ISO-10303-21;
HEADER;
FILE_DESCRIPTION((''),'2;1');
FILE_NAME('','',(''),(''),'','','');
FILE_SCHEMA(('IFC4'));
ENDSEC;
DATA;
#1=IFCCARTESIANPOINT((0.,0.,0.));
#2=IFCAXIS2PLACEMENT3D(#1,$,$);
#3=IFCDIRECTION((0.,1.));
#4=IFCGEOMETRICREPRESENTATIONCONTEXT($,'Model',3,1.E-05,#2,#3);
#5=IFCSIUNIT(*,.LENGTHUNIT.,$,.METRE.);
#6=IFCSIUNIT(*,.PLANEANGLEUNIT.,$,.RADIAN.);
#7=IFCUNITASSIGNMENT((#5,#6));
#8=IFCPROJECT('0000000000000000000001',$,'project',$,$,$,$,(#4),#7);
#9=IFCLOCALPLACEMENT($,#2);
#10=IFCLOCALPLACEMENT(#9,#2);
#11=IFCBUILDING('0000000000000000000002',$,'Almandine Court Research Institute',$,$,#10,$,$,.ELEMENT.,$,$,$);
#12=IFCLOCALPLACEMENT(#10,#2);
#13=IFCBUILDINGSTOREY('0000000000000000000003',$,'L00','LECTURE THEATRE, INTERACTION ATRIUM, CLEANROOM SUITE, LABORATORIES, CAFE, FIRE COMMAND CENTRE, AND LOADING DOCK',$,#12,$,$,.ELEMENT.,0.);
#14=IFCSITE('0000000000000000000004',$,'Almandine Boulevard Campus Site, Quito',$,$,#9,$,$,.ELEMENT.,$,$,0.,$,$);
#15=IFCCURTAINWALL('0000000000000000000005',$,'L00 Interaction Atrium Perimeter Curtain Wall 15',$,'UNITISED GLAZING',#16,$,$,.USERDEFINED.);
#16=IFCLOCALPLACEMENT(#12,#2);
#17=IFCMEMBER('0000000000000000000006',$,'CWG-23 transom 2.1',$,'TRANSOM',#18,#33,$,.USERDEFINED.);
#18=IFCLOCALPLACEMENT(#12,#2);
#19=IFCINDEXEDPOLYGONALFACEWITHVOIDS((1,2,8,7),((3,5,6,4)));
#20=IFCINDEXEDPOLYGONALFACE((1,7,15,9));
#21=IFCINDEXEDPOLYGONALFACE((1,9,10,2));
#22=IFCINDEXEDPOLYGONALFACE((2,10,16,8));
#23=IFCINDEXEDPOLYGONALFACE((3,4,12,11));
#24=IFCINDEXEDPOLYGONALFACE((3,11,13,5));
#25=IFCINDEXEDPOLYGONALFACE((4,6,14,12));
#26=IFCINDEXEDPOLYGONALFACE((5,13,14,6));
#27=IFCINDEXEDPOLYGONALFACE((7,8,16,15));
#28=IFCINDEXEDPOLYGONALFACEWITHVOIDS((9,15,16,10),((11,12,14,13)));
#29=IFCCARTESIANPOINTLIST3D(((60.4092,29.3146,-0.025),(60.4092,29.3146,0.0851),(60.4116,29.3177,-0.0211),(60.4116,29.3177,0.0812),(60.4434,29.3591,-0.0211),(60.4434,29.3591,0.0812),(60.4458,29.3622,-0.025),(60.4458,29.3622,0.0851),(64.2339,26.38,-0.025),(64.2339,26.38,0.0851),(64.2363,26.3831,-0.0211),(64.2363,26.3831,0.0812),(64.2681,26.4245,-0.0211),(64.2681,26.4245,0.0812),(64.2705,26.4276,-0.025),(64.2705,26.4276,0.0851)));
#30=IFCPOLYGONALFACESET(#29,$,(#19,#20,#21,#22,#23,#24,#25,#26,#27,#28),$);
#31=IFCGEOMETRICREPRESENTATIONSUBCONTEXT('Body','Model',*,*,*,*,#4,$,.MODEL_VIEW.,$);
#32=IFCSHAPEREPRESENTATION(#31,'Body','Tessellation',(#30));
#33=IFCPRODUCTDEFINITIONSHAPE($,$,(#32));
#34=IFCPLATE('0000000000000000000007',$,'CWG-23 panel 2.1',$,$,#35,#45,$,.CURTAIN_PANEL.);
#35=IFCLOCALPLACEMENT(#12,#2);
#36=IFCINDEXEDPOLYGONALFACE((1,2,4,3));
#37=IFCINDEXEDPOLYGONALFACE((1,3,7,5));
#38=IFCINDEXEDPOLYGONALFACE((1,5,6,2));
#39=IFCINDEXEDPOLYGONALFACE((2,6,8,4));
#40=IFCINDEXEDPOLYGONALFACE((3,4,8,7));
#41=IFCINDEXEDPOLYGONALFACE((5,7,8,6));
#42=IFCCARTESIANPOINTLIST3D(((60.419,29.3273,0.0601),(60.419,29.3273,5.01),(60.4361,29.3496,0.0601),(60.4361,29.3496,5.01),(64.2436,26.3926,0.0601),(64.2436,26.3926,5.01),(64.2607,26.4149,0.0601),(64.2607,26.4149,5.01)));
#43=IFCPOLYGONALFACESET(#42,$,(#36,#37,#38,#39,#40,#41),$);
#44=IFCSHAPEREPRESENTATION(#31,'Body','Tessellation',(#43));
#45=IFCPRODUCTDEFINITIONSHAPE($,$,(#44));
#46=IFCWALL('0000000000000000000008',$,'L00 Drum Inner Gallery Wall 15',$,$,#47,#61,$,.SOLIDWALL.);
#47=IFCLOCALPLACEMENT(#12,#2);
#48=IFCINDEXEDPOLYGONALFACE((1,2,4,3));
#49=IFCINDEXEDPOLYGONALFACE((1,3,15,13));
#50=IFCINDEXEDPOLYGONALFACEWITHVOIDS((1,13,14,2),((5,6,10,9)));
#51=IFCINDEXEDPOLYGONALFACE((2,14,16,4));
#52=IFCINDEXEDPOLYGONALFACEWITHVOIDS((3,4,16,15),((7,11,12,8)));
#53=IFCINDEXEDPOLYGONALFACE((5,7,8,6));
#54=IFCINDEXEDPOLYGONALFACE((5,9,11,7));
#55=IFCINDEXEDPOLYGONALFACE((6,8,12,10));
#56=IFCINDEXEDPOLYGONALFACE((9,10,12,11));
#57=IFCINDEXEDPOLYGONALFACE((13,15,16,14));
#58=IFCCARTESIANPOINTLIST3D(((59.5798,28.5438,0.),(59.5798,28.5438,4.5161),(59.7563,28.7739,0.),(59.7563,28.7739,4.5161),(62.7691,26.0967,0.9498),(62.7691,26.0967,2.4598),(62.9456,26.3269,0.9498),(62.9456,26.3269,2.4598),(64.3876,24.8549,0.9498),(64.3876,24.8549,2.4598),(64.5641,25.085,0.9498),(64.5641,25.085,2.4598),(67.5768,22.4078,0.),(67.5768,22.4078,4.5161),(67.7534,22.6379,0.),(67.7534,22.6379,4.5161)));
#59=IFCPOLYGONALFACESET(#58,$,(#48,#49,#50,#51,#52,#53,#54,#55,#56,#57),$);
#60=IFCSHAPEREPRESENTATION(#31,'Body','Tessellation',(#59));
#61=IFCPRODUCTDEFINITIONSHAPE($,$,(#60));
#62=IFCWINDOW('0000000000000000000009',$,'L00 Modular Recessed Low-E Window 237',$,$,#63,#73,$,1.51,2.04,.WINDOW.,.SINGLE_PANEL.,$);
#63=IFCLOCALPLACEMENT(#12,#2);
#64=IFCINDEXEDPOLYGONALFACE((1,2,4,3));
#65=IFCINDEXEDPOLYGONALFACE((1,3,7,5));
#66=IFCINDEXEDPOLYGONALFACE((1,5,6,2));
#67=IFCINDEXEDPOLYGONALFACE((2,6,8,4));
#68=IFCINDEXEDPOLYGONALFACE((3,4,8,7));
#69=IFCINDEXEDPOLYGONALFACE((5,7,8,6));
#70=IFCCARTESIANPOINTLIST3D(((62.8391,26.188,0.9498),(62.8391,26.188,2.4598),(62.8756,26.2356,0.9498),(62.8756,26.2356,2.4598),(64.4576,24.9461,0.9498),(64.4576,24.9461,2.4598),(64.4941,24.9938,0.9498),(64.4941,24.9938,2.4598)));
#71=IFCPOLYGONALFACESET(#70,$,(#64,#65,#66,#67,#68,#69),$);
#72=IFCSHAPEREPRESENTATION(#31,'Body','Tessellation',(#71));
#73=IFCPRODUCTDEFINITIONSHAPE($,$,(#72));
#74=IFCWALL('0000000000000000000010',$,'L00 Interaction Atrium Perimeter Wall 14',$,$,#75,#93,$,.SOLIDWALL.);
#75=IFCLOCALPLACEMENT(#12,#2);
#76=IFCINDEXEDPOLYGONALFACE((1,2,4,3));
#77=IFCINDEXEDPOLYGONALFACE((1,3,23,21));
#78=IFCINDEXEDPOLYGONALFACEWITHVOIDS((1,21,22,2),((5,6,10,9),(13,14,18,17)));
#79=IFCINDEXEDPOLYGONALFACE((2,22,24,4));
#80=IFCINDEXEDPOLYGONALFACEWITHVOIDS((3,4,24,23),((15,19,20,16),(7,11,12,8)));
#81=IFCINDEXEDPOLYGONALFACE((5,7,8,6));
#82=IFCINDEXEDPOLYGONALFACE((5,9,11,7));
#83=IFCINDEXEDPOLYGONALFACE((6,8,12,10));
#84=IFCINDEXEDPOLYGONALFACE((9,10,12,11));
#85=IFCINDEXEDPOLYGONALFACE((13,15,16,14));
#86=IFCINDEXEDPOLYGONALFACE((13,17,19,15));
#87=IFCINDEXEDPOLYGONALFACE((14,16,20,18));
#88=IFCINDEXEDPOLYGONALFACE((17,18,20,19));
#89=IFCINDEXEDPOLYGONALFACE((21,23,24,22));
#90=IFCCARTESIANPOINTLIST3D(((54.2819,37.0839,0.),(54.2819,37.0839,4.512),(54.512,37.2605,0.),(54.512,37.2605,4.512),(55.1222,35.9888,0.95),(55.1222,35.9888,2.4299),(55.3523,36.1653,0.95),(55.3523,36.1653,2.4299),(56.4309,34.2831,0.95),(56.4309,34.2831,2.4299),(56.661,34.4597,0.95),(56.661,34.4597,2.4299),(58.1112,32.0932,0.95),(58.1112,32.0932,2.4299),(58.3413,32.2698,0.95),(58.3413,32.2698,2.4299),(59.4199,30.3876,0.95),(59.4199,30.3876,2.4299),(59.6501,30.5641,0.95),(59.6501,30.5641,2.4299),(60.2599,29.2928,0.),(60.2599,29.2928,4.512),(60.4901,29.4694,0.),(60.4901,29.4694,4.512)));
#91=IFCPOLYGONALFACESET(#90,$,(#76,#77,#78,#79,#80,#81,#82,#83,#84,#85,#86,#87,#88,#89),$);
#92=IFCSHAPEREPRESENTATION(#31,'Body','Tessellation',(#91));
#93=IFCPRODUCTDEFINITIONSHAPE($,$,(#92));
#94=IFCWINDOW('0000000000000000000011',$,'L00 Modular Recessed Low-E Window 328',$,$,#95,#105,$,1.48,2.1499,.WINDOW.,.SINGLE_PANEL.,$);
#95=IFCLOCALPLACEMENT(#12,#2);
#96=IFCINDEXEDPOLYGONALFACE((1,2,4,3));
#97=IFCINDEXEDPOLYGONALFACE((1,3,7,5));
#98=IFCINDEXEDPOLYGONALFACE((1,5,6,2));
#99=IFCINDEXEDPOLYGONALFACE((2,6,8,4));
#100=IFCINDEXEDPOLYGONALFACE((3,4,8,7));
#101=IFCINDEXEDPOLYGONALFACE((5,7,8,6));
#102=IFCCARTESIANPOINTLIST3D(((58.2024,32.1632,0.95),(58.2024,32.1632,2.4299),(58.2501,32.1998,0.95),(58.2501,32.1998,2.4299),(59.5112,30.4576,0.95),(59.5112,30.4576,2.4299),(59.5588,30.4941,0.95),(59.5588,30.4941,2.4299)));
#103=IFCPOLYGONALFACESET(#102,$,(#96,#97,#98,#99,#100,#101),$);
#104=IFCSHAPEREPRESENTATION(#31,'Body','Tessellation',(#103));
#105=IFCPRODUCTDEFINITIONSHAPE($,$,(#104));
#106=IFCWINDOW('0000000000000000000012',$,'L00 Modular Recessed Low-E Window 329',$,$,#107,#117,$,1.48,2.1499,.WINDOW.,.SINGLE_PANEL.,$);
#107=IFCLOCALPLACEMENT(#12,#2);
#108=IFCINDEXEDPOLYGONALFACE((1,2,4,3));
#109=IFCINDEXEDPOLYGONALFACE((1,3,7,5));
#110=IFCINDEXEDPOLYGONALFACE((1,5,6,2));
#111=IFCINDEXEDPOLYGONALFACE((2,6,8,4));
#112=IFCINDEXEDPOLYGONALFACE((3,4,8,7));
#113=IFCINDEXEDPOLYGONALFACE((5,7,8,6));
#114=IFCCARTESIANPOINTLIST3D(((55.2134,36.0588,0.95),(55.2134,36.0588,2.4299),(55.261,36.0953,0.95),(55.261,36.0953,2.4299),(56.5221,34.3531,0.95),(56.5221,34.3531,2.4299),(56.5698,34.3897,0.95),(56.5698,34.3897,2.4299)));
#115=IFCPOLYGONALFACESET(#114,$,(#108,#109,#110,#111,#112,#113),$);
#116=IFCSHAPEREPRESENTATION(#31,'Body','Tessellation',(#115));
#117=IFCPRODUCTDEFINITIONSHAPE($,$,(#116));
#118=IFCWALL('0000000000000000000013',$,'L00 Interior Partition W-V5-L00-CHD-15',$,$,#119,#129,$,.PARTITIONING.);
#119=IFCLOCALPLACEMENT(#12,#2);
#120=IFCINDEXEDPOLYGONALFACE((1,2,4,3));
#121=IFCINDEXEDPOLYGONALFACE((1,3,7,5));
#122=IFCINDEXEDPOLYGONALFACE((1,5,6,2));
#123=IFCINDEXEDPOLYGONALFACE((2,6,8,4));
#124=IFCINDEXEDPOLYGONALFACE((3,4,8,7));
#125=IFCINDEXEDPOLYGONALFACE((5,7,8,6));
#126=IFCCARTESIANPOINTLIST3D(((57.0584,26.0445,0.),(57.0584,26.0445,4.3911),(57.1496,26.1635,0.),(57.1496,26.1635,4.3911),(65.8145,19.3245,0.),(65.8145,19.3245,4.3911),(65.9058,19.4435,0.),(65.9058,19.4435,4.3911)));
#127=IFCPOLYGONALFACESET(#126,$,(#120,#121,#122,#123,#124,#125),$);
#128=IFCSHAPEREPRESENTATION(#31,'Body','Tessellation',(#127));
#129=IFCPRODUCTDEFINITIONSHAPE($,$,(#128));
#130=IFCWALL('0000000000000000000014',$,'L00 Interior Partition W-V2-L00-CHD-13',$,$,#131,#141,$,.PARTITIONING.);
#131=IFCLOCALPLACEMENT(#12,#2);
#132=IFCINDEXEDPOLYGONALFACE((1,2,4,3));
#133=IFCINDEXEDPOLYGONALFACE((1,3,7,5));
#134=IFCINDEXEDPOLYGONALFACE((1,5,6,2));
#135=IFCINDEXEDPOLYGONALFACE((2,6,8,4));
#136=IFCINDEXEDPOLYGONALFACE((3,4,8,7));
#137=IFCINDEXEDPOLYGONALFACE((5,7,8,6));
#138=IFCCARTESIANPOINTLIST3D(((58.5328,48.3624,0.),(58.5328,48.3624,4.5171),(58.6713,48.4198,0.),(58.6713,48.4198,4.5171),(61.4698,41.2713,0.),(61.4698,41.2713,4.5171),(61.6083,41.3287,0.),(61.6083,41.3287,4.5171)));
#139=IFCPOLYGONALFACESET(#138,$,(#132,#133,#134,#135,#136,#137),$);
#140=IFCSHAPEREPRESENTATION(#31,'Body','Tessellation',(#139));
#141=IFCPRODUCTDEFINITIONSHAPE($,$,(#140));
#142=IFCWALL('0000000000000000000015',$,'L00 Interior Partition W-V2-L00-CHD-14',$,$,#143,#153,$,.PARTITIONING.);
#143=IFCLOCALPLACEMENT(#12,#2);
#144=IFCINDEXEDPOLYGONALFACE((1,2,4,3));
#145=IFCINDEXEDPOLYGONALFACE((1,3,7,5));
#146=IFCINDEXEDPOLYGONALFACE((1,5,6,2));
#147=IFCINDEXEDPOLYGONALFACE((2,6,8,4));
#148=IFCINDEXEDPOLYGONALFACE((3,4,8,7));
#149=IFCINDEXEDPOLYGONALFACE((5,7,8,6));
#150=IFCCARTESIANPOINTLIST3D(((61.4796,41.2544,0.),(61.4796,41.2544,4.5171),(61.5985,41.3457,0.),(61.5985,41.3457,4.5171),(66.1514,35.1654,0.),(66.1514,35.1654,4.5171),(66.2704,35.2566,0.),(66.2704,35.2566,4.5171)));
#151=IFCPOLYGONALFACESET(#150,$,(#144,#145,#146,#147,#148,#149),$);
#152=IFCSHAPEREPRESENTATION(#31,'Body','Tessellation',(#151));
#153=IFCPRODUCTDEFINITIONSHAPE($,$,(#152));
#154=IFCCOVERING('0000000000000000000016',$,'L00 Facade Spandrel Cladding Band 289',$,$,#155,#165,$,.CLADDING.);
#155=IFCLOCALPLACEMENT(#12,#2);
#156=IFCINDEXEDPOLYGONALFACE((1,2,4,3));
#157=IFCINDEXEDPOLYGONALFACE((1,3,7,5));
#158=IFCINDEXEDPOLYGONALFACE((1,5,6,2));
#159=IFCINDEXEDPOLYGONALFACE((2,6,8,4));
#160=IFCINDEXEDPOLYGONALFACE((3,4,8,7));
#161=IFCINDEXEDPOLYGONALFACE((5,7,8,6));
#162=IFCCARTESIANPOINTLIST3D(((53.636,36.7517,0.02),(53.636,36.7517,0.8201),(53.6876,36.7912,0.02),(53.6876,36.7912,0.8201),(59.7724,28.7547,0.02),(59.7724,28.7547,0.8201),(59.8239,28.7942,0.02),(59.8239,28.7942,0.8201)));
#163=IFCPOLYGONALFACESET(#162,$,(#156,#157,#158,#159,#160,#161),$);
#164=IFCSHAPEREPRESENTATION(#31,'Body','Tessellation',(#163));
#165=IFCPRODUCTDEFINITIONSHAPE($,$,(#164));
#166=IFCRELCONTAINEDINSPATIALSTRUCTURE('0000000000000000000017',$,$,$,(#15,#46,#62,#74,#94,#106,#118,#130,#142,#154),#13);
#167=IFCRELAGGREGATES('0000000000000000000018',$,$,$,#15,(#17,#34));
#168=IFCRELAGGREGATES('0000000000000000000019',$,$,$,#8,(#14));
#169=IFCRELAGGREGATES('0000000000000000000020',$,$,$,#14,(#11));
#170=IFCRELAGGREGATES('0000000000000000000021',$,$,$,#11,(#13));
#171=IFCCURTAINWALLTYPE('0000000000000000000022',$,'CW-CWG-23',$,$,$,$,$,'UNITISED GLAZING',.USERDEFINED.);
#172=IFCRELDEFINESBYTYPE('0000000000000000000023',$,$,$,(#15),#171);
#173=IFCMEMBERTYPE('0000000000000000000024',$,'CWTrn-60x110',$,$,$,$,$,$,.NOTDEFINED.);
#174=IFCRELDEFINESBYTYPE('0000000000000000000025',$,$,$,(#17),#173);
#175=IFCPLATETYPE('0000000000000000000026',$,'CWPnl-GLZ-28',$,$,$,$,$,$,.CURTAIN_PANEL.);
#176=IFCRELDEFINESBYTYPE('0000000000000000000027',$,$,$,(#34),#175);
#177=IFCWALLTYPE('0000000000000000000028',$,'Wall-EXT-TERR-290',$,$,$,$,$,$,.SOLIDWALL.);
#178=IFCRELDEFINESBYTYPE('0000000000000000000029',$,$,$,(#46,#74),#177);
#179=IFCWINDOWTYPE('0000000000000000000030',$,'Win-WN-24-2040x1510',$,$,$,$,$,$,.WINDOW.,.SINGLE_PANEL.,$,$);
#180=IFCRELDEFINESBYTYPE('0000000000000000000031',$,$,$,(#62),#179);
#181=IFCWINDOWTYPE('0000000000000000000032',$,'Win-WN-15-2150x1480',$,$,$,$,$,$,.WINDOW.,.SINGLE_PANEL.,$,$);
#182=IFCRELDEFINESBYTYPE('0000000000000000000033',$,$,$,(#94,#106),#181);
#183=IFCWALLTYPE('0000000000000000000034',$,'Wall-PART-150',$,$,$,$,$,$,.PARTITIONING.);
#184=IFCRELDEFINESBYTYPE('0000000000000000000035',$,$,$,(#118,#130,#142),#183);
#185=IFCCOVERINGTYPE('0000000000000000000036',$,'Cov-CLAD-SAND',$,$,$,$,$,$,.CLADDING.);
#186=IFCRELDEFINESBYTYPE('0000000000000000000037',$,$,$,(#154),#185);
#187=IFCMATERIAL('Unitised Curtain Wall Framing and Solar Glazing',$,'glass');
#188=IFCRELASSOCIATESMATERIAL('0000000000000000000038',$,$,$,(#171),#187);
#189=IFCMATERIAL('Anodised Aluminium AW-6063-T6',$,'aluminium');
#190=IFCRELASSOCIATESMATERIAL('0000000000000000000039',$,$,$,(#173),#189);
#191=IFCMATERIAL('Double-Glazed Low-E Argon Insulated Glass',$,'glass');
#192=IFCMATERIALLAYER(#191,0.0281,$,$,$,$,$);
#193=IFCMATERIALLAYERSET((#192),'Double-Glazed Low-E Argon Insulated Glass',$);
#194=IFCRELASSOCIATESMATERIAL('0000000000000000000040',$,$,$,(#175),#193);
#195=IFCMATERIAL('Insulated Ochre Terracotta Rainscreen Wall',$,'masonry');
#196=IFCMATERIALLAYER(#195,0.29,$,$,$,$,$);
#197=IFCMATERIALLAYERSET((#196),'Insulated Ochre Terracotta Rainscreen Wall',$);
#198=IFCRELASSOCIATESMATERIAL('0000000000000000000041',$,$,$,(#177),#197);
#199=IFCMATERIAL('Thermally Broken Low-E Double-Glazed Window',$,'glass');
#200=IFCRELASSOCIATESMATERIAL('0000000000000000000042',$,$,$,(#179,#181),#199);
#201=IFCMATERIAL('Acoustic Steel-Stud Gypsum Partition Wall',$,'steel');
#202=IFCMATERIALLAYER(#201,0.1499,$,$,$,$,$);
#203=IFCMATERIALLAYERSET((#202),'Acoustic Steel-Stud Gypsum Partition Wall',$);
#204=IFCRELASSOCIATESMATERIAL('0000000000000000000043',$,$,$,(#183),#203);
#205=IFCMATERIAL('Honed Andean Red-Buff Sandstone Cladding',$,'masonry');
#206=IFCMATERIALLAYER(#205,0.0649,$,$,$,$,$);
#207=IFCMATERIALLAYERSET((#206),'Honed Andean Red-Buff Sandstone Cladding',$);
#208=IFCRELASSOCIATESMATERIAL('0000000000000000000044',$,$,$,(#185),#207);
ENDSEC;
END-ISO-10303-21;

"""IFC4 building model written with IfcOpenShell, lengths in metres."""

from ifc_helpers import new_model, si_unit, direction, frame, frame_2d, origin, origin_2d, place, context, subcontext, project, spatial, rectangle, hollow_rectangle, extrude, material, layer, layer_set, material_profile, profile_set, type_object, element, fill, aggregate, save


model = new_model("IFC4")

# Units and contexts
model_context = context("Model", 3, precision=1e-05, world=origin(), true_north=direction((0.0, 1.0)))
body_context = subcontext(model_context, "Body", "Model", "MODEL_VIEW")
ifc_project = project(units=[si_unit("LENGTHUNIT", "METRE"), si_unit("PLANEANGLEUNIT", "RADIAN")], contexts=[model_context])

# Site, building, storey
site_placement = place(None, origin())
site = spatial("IfcSite", under=ifc_project, at=site_placement, Name="Almandine Boulevard Campus Site, Quito", CompositionType="ELEMENT", RefElevation=0.0)
building_placement = place(site_placement, origin())
building = spatial("IfcBuilding", under=site, at=building_placement, Name="Almandine Court Research Institute", CompositionType="ELEMENT")
storey_placement = place(building_placement, origin())
storey = spatial("IfcBuildingStorey", under=building, at=storey_placement, Name="L00", Description="LECTURE THEATRE, INTERACTION ATRIUM, CLEANROOM SUITE, LABORATORIES, CAFE, FIRE COMMAND CENTRE, AND LOADING DOCK", CompositionType="ELEMENT", Elevation=0.0)

# Curtain wall, member, plate
ifc_material_1 = material(Name="Unitised Curtain Wall Framing and Solar Glazing", Category="glass")
curtain_wall_type = type_object("IfcCurtainWallType", Name="CW-CWG-23", ElementType="UNITISED GLAZING", PredefinedType="USERDEFINED", material=ifc_material_1)
curtain_wall_placement = place(storey_placement, origin())
curtain_wall = element("IfcCurtainWall", 1, at=curtain_wall_placement, inside=storey, type_object=curtain_wall_type, Name="L00 Interaction Atrium Perimeter Curtain Wall 15", ObjectType="UNITISED GLAZING", PredefinedType="USERDEFINED")
ifc_material_2 = material(Name="Anodised Aluminium AW-6063-T6", Category="aluminium")
ifc_material_profile_1 = material_profile(ifc_material_2, hollow_rectangle(XDim=0.0601, YDim=0.1101, WallThickness=0.0039, at=origin_2d()), Name="ALU RHS 60x110x4")
ifc_profile_set_1 = profile_set([ifc_material_profile_1], Name="Anodised Aluminium AW-6063-T6")
member_type_1 = type_object("IfcMemberType", Name="CWTrn-60x110", PredefinedType="NOTDEFINED", material=ifc_profile_set_1)
member_1_placement = place(storey_placement, frame((64.2522, 26.4038, 0.03), z_axis=(-0.793376, 0.608731, 0.0), x_axis=(-0.608731, -0.793376, 0.0)))
member_1 = element("IfcMember", 2, at=member_1_placement, type_object=member_type_1, Name="CWG-23 transom 2.1", ObjectType="TRANSOM", PredefinedType="USERDEFINED", context=body_context, shape_type="SweptSolid", body=[
    extrude(hollow_rectangle(XDim=0.0601, YDim=0.1101, WallThickness=0.0039, at=origin_2d()), origin(), (0.0, 0.0, 1.0), 4.8208),
])
ifc_material_3 = material(Name="Double-Glazed Low-E Argon Insulated Glass", Category="glass")
ifc_layer_1 = layer(ifc_material_3, 0.0281)
ifc_layer_set_1 = layer_set([ifc_layer_1], Name="Double-Glazed Low-E Argon Insulated Glass")
plate_type = type_object("IfcPlateType", Name="CWPnl-GLZ-28", PredefinedType="CURTAIN_PANEL", material=ifc_layer_set_1)
plate_placement = place(storey_placement, frame((62.3398, 27.8711, 0.0601), z_axis=(0.0, 0.0, 1.0), x_axis=(-0.793354, 0.608761, 0.0)))
plate = element("IfcPlate", 3, at=plate_placement, type_object=plate_type, Name="CWG-23 panel 2.1", PredefinedType="CURTAIN_PANEL", context=body_context, shape_type="SweptSolid", body=[
    extrude(rectangle(XDim=4.8208, YDim=0.0281, at=origin_2d()), origin(), (0.0, 0.0, 1.0), 4.95),
])
aggregate(curtain_wall, [member_1, plate])

# Wall, opening, window
ifc_material_4 = material(Name="Insulated Ochre Terracotta Rainscreen Wall", Category="masonry")
ifc_layer_2 = layer(ifc_material_4, 0.29)
ifc_layer_set_2 = layer_set([ifc_layer_2], Name="Insulated Ochre Terracotta Rainscreen Wall")
wall_type_1 = type_object("IfcWallType", Name="Wall-EXT-TERR-290", PredefinedType="SOLIDWALL", material=ifc_layer_set_2)
wall_1_placement = place(storey_placement, frame((59.668, 28.6589, 0.0), z_axis=(0.0, 0.0, 1.0), x_axis=(0.793372, -0.608738, 0.0)))
wall_1 = element("IfcWall", 4, at=wall_1_placement, inside=storey, type_object=wall_type_1, Name="L00 Drum Inner Gallery Wall 15", PredefinedType="SOLIDWALL", context=body_context, shape_type="SweptSolid", body=[
    extrude(rectangle(XDim=10.0798, YDim=0.29, at=frame_2d((5.04, 0.0))), origin(), (0.0, 0.0, 1.0), 4.5161),
])
opening_1_placement = place(wall_1_placement, frame((4.02, 0.0, 0.95)))
opening_1 = element("IfcOpeningElement", 5, at=opening_1_placement, cuts=wall_1, PredefinedType="OPENING", context=body_context, shape_type="SweptSolid", body=[
    extrude(rectangle(XDim=2.04, YDim=1.51, at=frame_2d((1.02, 0.7549))), frame((0.0, 0.155, 0.0), z_axis=(0.0, -1.0, 0.0), x_axis=(1.0, 0.0, 0.0)), (0.0, 0.0, 1.0), 0.3101),
])
ifc_material_5 = material(Name="Thermally Broken Low-E Double-Glazed Window", Category="glass")
window_type_1 = type_object("IfcWindowType", Name="Win-WN-24-2040x1510", PartitioningType="SINGLE_PANEL", PredefinedType="WINDOW", material=ifc_material_5)
window_1_placement = place(opening_1_placement, origin())
window_1 = element("IfcWindow", 6, at=window_1_placement, inside=storey, type_object=window_type_1, Name="L00 Modular Recessed Low-E Window 237", OverallHeight=1.51, OverallWidth=2.04, PartitioningType="SINGLE_PANEL", PredefinedType="WINDOW", context=body_context, shape_type="SweptSolid", body=[
    extrude(rectangle(XDim=2.04, YDim=1.51, at=frame_2d((1.02, 0.7549))), frame((0.0, 0.03, 0.0), z_axis=(0.0, -1.0, 0.0), x_axis=(1.0, 0.0, 0.0)), (0.0, 0.0, 1.0), 0.0601),
])
fill(opening_1, window_1)

# Wall, openings, windows
wall_2_placement = place(storey_placement, frame((60.375, 29.3811, 0.0), z_axis=(0.0, 0.0, 1.0), x_axis=(-0.608747, 0.793365, 0.0)))
wall_2 = element("IfcWall", 7, at=wall_2_placement, inside=storey, type_object=wall_type_1, Name="L00 Interaction Atrium Perimeter Wall 14", PredefinedType="SOLIDWALL", context=body_context, shape_type="SweptSolid", body=[
    extrude(rectangle(XDim=9.8203, YDim=0.29, at=frame_2d((4.9102, 0.0))), origin(), (0.0, 0.0, 1.0), 4.512),
])
opening_2_placement = place(wall_2_placement, frame((1.3799, 0.0, 0.95)))
opening_2 = element("IfcOpeningElement", 8, at=opening_2_placement, cuts=wall_2, PredefinedType="OPENING", context=body_context, shape_type="SweptSolid", body=[
    extrude(rectangle(XDim=2.1499, YDim=1.48, at=frame_2d((1.075, 0.74))), frame((0.0, 0.155, 0.0), z_axis=(0.0, -1.0, 0.0), x_axis=(1.0, 0.0, 0.0)), (0.0, 0.0, 1.0), 0.3101),
])
opening_3_placement = place(wall_2_placement, frame((6.29, 0.0, 0.95)))
opening_3 = element("IfcOpeningElement", 9, at=opening_3_placement, cuts=wall_2, PredefinedType="OPENING", context=body_context, shape_type="SweptSolid", body=[
    extrude(rectangle(XDim=2.1499, YDim=1.48, at=frame_2d((1.075, 0.74))), frame((0.0, 0.155, 0.0), z_axis=(0.0, -1.0, 0.0), x_axis=(1.0, 0.0, 0.0)), (0.0, 0.0, 1.0), 0.3101),
])
window_type_2 = type_object("IfcWindowType", Name="Win-WN-15-2150x1480", PartitioningType="SINGLE_PANEL", PredefinedType="WINDOW", material=ifc_material_5)
window_2_placement = place(opening_2_placement, origin())
window_2 = element("IfcWindow", 10, at=window_2_placement, inside=storey, type_object=window_type_2, Name="L00 Modular Recessed Low-E Window 328", OverallHeight=1.48, OverallWidth=2.1499, PartitioningType="SINGLE_PANEL", PredefinedType="WINDOW", context=body_context, shape_type="SweptSolid", body=[
    extrude(rectangle(XDim=2.1499, YDim=1.48, at=frame_2d((1.075, 0.74))), frame((0.0, 0.03, 0.0), z_axis=(0.0, -1.0, 0.0), x_axis=(1.0, 0.0, 0.0)), (0.0, 0.0, 1.0), 0.0601),
])
fill(opening_2, window_2)
window_3_placement = place(opening_3_placement, origin())
window_3 = element("IfcWindow", 11, at=window_3_placement, inside=storey, type_object=window_type_2, Name="L00 Modular Recessed Low-E Window 329", OverallHeight=1.48, OverallWidth=2.1499, PartitioningType="SINGLE_PANEL", PredefinedType="WINDOW", context=body_context, shape_type="SweptSolid", body=[
    extrude(rectangle(XDim=2.1499, YDim=1.48, at=frame_2d((1.075, 0.74))), frame((0.0, 0.03, 0.0), z_axis=(0.0, -1.0, 0.0), x_axis=(1.0, 0.0, 0.0)), (0.0, 0.0, 1.0), 0.0601),
])
fill(opening_3, window_3)

# Walls
ifc_material_6 = material(Name="Acoustic Steel-Stud Gypsum Partition Wall", Category="steel")
ifc_layer_3 = layer(ifc_material_6, 0.1499)
ifc_layer_set_3 = layer_set([ifc_layer_3], Name="Acoustic Steel-Stud Gypsum Partition Wall")
wall_type_2 = type_object("IfcWallType", Name="Wall-PART-150", PredefinedType="PARTITIONING", material=ifc_layer_set_3)
wall_3_placement = place(storey_placement, frame((57.104, 26.104, 0.0), z_axis=(0.0, 0.0, 1.0), x_axis=(0.793302, -0.608828, 0.0)))
element("IfcWall", 12, at=wall_3_placement, inside=storey, type_object=wall_type_2, Name="L00 Interior Partition W-V5-L00-CHD-15", PredefinedType="PARTITIONING", context=body_context, shape_type="SweptSolid", body=[
    extrude(rectangle(XDim=11.0376, YDim=0.1499, at=frame_2d((5.5188, 0.0))), origin(), (0.0, 0.0, 1.0), 4.3911),
])
wall_4_placement = place(storey_placement, frame((58.6021, 48.3911, 0.0), z_axis=(0.0, 0.0, 1.0), x_axis=(0.382661, -0.923889, 0.0)))
element("IfcWall", 13, at=wall_4_placement, inside=storey, type_object=wall_type_2, Name="L00 Interior Partition W-V2-L00-CHD-13", PredefinedType="PARTITIONING", context=body_context, shape_type="SweptSolid", body=[
    extrude(rectangle(XDim=7.6753, YDim=0.1499, at=frame_2d((3.8376, 0.0))), origin(), (0.0, 0.0, 1.0), 4.5171),
])
wall_5_placement = place(storey_placement, frame((61.5391, 41.3, 0.0), z_axis=(0.0, 0.0, 1.0), x_axis=(0.608723, -0.793383, 0.0)))
element("IfcWall", 14, at=wall_5_placement, inside=storey, type_object=wall_type_2, Name="L00 Interior Partition W-V2-L00-CHD-14", PredefinedType="PARTITIONING", context=body_context, shape_type="SweptSolid", body=[
    extrude(rectangle(XDim=7.6748, YDim=0.1499, at=frame_2d((3.8374, 0.0))), origin(), (0.0, 0.0, 1.0), 4.5171),
])

# Covering
ifc_material_7 = material(Name="Honed Andean Red-Buff Sandstone Cladding", Category="masonry")
ifc_layer_4 = layer(ifc_material_7, 0.0649)
ifc_layer_set_4 = layer_set([ifc_layer_4], Name="Honed Andean Red-Buff Sandstone Cladding")
covering_type = type_object("IfcCoveringType", Name="Cov-CLAD-SAND", PredefinedType="CLADDING", material=ifc_layer_set_4)
for number, where, z_axis, x_axis, name in (
    (15, (56.73, 32.7729, 0.02), (0.0, 0.0, 1.0), (0.608761, -0.793353, 0.0), "L00 Facade Spandrel Cladding Band 289"),
):
    element("IfcCovering", number, at=place(storey_placement, frame(where, z_axis=z_axis, x_axis=x_axis)), inside=storey, type_object=covering_type, Name=name, PredefinedType="CLADDING", context=body_context, shape_type="SweptSolid", body=[
        extrude(rectangle(XDim=10.0801, YDim=0.0649, at=origin_2d()), origin(), (0.0, 0.0, 1.0), 0.8),
    ])

save(model, "model.ifc")
